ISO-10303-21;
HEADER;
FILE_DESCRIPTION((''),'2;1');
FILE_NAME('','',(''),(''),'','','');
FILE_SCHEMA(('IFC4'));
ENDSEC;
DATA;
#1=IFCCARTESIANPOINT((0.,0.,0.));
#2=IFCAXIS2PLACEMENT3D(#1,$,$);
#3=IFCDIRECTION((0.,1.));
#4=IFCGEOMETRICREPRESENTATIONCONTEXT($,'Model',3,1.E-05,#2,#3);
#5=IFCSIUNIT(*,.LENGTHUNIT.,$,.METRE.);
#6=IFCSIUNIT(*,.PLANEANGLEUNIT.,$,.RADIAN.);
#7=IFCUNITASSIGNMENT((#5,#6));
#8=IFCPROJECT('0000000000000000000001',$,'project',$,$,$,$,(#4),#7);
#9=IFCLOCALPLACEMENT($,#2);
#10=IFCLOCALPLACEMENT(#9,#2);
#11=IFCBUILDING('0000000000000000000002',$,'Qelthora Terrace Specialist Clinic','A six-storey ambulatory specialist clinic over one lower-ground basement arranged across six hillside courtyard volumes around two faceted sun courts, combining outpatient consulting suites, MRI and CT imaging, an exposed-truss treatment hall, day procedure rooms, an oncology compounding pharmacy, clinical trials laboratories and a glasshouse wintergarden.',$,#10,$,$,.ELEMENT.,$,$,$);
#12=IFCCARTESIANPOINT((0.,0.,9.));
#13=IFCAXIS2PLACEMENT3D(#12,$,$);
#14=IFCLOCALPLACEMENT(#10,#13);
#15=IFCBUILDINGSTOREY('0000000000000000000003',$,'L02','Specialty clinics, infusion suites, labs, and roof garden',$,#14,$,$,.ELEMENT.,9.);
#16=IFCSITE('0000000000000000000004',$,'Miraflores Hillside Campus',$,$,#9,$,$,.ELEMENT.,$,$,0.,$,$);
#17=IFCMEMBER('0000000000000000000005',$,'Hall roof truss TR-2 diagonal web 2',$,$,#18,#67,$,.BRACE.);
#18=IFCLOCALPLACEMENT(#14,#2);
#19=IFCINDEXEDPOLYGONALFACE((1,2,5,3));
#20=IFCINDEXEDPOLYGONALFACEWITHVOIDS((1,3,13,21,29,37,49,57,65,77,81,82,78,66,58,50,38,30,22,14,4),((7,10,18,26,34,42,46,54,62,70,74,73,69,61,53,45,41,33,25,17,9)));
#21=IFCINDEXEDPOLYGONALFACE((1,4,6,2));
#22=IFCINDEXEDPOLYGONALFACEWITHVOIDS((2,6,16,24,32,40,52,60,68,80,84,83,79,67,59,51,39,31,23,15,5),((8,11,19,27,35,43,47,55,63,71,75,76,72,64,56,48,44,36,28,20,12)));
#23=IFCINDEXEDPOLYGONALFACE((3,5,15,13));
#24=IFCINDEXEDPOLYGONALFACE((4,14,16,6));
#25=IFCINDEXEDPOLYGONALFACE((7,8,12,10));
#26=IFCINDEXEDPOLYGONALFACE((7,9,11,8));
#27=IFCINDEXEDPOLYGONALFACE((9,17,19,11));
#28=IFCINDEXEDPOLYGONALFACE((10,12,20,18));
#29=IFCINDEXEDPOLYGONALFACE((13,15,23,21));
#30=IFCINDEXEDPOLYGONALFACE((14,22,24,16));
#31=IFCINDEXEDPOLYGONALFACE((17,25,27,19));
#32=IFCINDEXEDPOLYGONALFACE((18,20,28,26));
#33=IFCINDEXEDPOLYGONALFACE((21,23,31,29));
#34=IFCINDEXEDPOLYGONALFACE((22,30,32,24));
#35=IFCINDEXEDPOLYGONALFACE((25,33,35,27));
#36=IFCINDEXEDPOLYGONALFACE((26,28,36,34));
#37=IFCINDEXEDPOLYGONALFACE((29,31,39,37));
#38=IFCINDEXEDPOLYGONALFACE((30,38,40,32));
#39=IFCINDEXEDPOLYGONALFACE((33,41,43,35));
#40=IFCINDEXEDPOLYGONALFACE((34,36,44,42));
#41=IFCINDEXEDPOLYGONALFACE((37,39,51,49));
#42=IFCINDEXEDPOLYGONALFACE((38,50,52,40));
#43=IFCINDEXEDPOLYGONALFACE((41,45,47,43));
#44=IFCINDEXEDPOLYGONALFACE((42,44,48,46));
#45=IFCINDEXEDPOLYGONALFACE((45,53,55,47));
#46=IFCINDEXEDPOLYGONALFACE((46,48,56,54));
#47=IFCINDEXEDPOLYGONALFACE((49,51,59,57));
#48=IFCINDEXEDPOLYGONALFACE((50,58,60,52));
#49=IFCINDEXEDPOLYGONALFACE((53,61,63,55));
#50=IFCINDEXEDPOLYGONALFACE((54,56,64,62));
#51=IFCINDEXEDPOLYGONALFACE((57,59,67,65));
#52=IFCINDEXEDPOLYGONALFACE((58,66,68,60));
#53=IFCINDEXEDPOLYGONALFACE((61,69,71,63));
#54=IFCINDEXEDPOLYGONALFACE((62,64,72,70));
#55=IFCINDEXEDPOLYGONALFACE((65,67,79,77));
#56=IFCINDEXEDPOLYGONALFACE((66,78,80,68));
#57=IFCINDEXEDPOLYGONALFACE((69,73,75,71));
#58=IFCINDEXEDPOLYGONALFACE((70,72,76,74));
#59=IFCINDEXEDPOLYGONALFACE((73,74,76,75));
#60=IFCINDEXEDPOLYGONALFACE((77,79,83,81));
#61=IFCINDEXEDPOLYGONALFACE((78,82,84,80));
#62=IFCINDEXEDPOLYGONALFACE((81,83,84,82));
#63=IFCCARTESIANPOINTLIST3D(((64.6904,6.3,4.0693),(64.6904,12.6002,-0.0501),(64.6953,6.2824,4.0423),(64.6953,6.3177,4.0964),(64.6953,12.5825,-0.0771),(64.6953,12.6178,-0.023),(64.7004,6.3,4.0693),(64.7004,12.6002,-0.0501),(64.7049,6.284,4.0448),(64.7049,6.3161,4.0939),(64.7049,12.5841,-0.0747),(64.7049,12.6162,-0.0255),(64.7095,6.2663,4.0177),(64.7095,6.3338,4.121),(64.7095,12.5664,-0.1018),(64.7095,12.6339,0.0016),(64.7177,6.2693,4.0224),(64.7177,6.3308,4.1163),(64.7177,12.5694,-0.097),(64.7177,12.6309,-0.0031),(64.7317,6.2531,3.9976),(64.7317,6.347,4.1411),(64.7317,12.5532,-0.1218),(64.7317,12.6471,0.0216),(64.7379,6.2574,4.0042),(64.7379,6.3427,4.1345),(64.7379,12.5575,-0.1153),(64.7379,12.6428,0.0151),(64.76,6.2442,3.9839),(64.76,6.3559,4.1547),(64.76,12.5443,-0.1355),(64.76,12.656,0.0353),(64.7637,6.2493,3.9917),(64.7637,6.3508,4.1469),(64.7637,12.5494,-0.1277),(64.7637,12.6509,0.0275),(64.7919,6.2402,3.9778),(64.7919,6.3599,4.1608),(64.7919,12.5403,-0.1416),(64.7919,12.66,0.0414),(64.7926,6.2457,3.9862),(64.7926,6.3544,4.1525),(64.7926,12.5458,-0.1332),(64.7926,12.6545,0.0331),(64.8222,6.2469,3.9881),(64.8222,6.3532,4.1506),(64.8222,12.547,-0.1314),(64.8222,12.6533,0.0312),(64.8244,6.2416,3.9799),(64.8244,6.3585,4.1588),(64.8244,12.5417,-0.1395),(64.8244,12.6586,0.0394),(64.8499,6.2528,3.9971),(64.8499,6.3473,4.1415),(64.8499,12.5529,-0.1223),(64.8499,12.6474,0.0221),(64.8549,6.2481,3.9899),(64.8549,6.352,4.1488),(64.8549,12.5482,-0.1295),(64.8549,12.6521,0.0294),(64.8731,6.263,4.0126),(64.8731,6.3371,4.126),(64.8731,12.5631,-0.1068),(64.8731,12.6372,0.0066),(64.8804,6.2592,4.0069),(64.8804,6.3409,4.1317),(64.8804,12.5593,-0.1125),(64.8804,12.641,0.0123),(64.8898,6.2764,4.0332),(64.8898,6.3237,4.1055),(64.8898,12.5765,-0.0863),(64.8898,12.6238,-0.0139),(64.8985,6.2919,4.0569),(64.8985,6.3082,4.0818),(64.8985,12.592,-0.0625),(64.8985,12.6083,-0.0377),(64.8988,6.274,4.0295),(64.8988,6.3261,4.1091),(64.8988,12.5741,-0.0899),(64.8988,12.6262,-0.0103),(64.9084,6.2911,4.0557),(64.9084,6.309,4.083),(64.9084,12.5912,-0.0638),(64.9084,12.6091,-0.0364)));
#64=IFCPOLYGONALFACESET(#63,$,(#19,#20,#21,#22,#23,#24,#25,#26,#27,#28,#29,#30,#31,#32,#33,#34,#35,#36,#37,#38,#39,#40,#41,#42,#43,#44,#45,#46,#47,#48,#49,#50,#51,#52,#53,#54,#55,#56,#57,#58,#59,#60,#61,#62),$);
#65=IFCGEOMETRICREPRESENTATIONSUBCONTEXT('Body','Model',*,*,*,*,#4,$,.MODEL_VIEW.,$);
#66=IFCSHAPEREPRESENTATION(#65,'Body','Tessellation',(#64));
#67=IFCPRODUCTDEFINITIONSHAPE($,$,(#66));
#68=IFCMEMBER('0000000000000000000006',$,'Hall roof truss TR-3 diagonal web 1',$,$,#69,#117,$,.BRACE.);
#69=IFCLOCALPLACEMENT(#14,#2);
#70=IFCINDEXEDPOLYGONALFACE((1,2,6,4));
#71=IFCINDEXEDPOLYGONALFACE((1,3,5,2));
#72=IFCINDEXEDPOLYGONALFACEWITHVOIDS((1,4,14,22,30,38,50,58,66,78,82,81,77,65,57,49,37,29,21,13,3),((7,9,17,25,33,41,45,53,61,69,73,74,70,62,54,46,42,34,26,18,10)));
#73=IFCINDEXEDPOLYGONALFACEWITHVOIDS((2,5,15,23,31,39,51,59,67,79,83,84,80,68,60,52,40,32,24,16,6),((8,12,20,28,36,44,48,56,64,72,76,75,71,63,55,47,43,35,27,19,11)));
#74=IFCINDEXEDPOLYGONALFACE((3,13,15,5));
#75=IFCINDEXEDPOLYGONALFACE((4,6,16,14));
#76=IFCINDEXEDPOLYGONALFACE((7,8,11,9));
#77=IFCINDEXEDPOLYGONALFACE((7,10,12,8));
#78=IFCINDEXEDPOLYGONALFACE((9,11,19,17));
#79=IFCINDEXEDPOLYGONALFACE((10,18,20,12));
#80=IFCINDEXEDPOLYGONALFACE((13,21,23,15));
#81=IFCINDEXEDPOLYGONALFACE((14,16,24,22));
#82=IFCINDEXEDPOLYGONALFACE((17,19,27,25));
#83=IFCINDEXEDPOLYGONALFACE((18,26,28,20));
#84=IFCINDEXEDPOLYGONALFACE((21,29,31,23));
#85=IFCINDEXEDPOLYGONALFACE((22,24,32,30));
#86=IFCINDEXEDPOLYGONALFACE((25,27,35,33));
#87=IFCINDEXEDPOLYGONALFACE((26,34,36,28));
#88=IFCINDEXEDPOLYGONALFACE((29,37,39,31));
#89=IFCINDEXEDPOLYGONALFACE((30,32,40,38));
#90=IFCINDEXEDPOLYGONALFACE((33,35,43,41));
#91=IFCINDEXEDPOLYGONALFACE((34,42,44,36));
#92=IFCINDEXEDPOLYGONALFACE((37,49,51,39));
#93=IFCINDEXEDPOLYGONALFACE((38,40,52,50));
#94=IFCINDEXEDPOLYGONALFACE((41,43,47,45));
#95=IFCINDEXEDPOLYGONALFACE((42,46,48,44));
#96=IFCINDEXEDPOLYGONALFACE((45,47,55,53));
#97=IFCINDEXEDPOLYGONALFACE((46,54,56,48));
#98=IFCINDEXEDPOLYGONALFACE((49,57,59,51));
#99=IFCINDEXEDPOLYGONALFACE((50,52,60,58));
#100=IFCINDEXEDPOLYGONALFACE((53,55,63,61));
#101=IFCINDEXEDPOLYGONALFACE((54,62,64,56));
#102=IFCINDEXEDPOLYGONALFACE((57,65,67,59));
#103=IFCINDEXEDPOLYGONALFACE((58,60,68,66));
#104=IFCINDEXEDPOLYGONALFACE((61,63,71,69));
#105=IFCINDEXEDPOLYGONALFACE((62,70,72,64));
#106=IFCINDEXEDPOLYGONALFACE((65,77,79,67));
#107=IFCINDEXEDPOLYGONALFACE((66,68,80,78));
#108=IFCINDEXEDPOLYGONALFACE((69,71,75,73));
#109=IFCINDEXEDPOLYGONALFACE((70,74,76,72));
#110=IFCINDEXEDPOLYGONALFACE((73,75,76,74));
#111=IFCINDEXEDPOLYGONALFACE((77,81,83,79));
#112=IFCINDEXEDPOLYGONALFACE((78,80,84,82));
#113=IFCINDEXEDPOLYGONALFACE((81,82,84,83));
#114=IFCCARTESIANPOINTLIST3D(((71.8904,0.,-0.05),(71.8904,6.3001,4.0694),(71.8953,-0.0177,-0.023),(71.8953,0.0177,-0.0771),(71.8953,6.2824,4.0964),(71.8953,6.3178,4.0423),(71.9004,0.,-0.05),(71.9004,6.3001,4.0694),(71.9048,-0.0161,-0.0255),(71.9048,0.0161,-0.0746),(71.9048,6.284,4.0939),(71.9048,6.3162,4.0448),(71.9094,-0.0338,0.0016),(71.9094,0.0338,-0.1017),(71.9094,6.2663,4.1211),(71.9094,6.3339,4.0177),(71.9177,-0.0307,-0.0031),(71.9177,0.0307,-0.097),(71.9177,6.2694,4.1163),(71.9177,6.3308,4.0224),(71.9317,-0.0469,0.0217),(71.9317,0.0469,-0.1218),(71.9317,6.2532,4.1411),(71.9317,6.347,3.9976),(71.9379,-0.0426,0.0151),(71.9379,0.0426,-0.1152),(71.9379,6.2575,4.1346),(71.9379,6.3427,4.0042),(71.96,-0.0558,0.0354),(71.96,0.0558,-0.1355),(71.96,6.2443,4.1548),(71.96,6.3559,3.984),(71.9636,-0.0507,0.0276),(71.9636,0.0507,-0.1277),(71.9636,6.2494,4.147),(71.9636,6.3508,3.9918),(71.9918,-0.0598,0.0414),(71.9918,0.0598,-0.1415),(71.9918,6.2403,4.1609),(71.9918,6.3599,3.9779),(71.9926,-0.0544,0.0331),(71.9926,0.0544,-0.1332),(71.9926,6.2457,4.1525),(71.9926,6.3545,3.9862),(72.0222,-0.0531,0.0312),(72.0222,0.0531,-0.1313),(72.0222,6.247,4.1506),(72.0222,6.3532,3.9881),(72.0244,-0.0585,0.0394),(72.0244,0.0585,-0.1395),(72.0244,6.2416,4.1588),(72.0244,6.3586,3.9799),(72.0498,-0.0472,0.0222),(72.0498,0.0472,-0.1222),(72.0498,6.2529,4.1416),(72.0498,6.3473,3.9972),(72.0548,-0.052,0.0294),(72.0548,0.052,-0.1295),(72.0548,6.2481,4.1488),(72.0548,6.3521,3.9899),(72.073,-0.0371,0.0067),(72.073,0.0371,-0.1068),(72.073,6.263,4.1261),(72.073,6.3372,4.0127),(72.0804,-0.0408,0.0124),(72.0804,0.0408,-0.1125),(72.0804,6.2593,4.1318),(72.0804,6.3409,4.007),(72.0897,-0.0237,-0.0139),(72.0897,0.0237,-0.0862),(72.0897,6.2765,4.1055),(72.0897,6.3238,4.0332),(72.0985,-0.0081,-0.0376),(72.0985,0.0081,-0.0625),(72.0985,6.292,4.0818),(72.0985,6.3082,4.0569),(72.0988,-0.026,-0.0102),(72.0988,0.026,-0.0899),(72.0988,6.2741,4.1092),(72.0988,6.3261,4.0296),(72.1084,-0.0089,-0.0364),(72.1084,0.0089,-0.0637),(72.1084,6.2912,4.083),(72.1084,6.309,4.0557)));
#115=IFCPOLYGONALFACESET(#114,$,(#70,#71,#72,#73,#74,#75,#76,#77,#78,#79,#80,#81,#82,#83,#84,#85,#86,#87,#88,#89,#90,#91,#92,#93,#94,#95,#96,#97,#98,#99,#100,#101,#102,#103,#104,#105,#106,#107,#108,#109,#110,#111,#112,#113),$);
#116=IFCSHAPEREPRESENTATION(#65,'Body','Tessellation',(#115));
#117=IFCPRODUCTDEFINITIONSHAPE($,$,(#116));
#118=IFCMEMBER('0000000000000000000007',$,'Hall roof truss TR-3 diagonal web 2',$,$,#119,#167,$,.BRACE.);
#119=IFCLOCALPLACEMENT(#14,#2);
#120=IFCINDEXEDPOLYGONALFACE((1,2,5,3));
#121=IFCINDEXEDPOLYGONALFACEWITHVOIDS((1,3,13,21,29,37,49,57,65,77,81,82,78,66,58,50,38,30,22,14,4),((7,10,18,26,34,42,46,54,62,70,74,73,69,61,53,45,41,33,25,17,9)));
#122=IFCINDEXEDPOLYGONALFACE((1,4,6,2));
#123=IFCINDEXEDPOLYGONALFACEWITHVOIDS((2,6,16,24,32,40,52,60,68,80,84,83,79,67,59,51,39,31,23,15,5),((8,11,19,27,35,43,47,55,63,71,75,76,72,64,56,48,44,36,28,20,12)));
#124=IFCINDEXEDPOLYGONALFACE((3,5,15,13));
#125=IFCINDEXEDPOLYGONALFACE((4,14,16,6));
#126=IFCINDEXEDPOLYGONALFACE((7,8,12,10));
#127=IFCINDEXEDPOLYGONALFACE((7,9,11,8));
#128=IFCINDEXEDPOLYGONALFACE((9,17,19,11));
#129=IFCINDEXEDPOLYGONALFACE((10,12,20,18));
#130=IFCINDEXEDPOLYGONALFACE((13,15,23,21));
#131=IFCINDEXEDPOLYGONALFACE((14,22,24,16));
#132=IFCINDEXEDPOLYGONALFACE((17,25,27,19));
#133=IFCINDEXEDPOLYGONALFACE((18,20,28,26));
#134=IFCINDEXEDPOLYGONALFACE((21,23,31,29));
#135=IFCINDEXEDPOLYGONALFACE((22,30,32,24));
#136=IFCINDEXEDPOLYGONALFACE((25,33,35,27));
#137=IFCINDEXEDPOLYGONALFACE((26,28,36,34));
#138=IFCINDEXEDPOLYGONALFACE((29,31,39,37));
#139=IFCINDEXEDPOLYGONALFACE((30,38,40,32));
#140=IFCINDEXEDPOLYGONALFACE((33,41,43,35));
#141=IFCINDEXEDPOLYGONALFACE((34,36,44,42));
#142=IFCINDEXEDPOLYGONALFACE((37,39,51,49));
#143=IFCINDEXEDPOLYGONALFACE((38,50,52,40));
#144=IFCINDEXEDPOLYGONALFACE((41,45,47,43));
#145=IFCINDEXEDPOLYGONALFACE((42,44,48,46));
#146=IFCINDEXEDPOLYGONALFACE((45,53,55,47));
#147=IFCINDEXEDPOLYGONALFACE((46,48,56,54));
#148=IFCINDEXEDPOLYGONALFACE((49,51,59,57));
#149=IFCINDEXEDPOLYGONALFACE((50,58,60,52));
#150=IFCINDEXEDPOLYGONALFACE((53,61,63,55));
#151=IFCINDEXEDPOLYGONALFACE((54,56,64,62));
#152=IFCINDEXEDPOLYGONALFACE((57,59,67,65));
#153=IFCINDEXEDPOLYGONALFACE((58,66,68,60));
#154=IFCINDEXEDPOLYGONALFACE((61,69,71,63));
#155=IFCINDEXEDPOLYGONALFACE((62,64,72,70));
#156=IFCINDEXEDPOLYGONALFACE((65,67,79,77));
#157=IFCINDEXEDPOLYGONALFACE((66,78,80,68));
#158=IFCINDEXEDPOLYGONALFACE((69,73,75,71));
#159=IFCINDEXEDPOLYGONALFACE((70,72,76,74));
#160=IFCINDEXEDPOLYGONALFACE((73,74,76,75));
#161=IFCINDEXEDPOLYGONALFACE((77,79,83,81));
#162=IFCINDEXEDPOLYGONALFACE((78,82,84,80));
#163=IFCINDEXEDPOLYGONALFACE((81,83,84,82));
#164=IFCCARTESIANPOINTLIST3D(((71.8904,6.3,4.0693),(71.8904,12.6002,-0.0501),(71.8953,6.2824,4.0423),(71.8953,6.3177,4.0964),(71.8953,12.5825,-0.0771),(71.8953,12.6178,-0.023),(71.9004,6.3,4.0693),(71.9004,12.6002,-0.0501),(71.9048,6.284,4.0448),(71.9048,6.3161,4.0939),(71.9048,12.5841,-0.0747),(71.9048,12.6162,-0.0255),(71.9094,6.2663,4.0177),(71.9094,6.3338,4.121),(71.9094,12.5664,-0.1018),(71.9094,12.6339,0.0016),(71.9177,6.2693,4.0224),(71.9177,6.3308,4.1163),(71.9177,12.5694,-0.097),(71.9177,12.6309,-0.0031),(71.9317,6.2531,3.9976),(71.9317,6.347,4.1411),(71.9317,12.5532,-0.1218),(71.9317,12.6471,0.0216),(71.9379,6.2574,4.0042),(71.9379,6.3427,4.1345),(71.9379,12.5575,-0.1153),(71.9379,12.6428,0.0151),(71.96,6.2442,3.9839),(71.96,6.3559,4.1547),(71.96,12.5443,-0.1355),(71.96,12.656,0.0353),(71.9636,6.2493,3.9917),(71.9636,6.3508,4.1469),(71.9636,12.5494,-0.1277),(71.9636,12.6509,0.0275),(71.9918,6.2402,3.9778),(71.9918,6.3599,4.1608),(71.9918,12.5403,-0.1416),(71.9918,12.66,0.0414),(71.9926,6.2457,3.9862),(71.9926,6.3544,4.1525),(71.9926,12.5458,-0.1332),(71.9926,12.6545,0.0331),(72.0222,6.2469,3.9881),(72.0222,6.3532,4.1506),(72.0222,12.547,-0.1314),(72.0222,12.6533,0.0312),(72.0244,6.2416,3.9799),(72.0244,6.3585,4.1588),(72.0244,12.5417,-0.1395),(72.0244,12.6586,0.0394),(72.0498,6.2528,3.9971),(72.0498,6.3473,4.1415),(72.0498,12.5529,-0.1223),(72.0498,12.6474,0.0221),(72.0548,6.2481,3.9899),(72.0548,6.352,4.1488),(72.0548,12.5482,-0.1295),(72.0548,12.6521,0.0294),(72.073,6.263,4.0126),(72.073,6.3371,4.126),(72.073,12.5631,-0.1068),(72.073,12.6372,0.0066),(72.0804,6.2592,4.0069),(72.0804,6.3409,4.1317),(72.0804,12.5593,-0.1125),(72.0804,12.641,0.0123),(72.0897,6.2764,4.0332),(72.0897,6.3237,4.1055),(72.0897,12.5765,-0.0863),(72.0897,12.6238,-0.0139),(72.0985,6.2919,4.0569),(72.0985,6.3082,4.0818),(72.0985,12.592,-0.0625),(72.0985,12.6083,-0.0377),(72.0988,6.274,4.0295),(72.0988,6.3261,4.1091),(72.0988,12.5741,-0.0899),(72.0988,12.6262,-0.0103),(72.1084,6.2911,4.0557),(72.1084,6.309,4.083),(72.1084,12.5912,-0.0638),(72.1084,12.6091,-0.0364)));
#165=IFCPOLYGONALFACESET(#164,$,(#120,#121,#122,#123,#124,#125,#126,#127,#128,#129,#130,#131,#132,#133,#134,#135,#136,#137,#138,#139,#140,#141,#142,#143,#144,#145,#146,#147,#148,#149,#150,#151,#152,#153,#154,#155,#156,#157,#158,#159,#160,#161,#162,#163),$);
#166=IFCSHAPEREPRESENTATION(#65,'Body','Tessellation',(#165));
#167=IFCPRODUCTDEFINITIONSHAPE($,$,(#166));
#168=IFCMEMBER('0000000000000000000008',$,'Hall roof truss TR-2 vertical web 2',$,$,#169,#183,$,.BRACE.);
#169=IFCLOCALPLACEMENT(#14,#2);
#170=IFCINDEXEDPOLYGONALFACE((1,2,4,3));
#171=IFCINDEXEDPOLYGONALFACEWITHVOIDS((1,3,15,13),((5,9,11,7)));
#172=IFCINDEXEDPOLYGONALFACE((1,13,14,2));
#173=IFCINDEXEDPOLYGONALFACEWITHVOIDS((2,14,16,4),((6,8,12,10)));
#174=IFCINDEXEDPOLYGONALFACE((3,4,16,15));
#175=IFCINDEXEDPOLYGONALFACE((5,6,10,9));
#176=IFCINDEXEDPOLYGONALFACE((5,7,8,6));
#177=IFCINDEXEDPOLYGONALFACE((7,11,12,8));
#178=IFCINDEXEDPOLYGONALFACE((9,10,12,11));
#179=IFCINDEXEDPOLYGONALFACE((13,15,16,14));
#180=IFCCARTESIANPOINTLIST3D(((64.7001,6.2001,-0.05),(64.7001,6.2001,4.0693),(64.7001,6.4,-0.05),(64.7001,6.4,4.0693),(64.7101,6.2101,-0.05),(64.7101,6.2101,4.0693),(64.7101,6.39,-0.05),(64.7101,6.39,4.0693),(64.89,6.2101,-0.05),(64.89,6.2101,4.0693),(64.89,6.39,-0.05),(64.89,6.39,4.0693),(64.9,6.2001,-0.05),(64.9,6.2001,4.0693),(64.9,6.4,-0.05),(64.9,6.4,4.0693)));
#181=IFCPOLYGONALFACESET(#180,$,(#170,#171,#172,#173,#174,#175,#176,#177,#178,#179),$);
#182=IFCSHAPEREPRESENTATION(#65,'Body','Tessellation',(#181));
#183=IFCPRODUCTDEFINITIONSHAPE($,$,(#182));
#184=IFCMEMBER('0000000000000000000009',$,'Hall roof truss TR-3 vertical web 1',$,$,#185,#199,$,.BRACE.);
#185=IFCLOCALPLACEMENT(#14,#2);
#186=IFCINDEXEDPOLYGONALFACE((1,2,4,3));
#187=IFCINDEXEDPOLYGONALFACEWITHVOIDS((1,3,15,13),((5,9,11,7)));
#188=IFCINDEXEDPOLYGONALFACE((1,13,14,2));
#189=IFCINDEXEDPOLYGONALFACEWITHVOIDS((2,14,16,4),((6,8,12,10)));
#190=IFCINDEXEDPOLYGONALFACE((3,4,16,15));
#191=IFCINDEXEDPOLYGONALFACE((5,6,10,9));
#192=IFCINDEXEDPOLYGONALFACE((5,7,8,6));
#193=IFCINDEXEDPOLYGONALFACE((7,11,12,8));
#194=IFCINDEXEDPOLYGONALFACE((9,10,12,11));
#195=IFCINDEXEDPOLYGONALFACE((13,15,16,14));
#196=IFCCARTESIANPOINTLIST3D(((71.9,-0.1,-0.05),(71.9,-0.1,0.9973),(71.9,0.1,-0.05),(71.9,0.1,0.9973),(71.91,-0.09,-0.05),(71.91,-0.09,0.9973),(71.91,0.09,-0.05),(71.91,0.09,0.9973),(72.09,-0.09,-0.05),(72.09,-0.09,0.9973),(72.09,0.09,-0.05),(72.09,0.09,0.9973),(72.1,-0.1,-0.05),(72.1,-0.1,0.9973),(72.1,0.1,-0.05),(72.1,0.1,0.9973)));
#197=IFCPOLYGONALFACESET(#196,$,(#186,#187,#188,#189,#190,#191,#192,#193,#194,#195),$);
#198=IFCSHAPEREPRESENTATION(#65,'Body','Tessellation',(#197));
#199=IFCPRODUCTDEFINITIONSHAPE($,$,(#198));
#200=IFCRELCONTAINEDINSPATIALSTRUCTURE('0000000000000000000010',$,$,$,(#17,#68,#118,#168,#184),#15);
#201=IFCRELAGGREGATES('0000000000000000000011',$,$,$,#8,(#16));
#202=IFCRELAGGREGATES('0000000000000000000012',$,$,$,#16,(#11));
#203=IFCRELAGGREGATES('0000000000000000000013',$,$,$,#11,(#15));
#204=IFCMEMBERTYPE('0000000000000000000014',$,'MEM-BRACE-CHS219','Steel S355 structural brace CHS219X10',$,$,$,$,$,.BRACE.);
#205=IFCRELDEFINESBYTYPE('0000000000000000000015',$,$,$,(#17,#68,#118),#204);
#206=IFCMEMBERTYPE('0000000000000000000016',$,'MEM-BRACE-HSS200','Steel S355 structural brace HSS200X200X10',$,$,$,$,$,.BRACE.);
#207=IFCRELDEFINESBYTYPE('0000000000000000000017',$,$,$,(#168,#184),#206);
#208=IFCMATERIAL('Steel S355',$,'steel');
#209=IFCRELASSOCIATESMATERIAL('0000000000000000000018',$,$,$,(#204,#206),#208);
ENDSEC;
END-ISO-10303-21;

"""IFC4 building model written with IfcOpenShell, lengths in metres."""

from ifc_helpers import new_model, si_unit, direction, frame, origin, origin_2d, place, context, subcontext, project, spatial, hollow_rectangle, hollow_circle, extrude, material, material_profile, profile_set, type_object, element, save


model = new_model("IFC4")

# Units and contexts
model_context = context("Model", 3, precision=1e-05, world=origin(), true_north=direction((0.0, 1.0)))
body_context = subcontext(model_context, "Body", "Model", "MODEL_VIEW")
ifc_project = project(units=[si_unit("LENGTHUNIT", "METRE"), si_unit("PLANEANGLEUNIT", "RADIAN")], contexts=[model_context])

# Site, building, storey
site_placement = place(None, origin())
site = spatial("IfcSite", under=ifc_project, at=site_placement, Name="Miraflores Hillside Campus", CompositionType="ELEMENT", RefElevation=0.0)
building_placement = place(site_placement, origin())
building = spatial("IfcBuilding", under=site, at=building_placement, Name="Qelthora Terrace Specialist Clinic", Description="A six-storey ambulatory specialist clinic over one lower-ground basement arranged across six hillside courtyard volumes around two faceted sun courts, combining outpatient consulting suites, MRI and CT imaging, an exposed-truss treatment hall, day procedure rooms, an oncology compounding pharmacy, clinical trials laboratories and a glasshouse wintergarden.", CompositionType="ELEMENT")
storey_placement = place(building_placement, frame((0.0, 0.0, 9.0)))
storey = spatial("IfcBuildingStorey", under=building, at=storey_placement, Name="L02", Description="Specialty clinics, infusion suites, labs, and roof garden", CompositionType="ELEMENT", Elevation=9.0)

# Members
ifc_material_1 = material(Name="Steel S355", Category="steel")
ifc_material_profile_1 = material_profile(ifc_material_1, hollow_circle(Radius=0.1096, WallThickness=0.01, at=origin_2d()), Name="CHS219X10")
ifc_profile_set_1 = profile_set([ifc_material_profile_1], Name="Steel S355")
member_type_1 = type_object("IfcMemberType", Name="MEM-BRACE-CHS219", Description="Steel S355 structural brace CHS219X10", PredefinedType="BRACE", material=ifc_profile_set_1)
for number, where, z_axis, x_axis, name in (
    (1, (64.8, 6.3, 4.0693), (0.0, 0.836962, -0.547261), (-1.0, 0.0, 0.0), "Hall roof truss TR-2 diagonal web 2"),
    (2, (72.0, 0.0, -0.05), (0.0, 0.836962, 0.547261), (-1.0, 0.0, 0.0), "Hall roof truss TR-3 diagonal web 1"),
    (3, (72.0, 6.3, 4.0693), (0.0, 0.836962, -0.547261), (-1.0, 0.0, 0.0), "Hall roof truss TR-3 diagonal web 2"),
):
    element("IfcMember", number, at=place(storey_placement, frame(where, z_axis=z_axis, x_axis=x_axis)), inside=storey, type_object=member_type_1, Name=name, PredefinedType="BRACE", context=body_context, shape_type="SweptSolid", body=[
        extrude(hollow_circle(Radius=0.1096, WallThickness=0.01, at=origin_2d()), origin(), (0.0, 0.0, 1.0), 7.5273),
    ])
ifc_material_profile_2 = material_profile(ifc_material_1, hollow_rectangle(XDim=0.2, YDim=0.2, WallThickness=0.01, at=origin_2d()), Name="HSS200X200X10")
ifc_profile_set_2 = profile_set([ifc_material_profile_2], Name="Steel S355")
member_type_2 = type_object("IfcMemberType", Name="MEM-BRACE-HSS200", Description="Steel S355 structural brace HSS200X200X10", PredefinedType="BRACE", material=ifc_profile_set_2)
member_1_placement = place(storey_placement, frame((64.8, 6.3, -0.05), z_axis=(0.0, 0.0, 1.0), x_axis=(1.0, 0.0, 0.0)))
element("IfcMember", 4, at=member_1_placement, inside=storey, type_object=member_type_2, Name="Hall roof truss TR-2 vertical web 2", PredefinedType="BRACE", context=body_context, shape_type="SweptSolid", body=[
    extrude(hollow_rectangle(XDim=0.2, YDim=0.2, WallThickness=0.01, at=origin_2d()), origin(), (0.0, 0.0, 1.0), 4.1194),
])
member_2_placement = place(storey_placement, frame((72.0, 0.0, -0.05), z_axis=(0.0, 0.0, 1.0), x_axis=(1.0, 0.0, 0.0)))
element("IfcMember", 5, at=member_2_placement, inside=storey, type_object=member_type_2, Name="Hall roof truss TR-3 vertical web 1", PredefinedType="BRACE", context=body_context, shape_type="SweptSolid", body=[
    extrude(hollow_rectangle(XDim=0.2, YDim=0.2, WallThickness=0.01, at=origin_2d()), origin(), (0.0, 0.0, 1.0), 1.0474),
])

save(model, "model.ifc")
